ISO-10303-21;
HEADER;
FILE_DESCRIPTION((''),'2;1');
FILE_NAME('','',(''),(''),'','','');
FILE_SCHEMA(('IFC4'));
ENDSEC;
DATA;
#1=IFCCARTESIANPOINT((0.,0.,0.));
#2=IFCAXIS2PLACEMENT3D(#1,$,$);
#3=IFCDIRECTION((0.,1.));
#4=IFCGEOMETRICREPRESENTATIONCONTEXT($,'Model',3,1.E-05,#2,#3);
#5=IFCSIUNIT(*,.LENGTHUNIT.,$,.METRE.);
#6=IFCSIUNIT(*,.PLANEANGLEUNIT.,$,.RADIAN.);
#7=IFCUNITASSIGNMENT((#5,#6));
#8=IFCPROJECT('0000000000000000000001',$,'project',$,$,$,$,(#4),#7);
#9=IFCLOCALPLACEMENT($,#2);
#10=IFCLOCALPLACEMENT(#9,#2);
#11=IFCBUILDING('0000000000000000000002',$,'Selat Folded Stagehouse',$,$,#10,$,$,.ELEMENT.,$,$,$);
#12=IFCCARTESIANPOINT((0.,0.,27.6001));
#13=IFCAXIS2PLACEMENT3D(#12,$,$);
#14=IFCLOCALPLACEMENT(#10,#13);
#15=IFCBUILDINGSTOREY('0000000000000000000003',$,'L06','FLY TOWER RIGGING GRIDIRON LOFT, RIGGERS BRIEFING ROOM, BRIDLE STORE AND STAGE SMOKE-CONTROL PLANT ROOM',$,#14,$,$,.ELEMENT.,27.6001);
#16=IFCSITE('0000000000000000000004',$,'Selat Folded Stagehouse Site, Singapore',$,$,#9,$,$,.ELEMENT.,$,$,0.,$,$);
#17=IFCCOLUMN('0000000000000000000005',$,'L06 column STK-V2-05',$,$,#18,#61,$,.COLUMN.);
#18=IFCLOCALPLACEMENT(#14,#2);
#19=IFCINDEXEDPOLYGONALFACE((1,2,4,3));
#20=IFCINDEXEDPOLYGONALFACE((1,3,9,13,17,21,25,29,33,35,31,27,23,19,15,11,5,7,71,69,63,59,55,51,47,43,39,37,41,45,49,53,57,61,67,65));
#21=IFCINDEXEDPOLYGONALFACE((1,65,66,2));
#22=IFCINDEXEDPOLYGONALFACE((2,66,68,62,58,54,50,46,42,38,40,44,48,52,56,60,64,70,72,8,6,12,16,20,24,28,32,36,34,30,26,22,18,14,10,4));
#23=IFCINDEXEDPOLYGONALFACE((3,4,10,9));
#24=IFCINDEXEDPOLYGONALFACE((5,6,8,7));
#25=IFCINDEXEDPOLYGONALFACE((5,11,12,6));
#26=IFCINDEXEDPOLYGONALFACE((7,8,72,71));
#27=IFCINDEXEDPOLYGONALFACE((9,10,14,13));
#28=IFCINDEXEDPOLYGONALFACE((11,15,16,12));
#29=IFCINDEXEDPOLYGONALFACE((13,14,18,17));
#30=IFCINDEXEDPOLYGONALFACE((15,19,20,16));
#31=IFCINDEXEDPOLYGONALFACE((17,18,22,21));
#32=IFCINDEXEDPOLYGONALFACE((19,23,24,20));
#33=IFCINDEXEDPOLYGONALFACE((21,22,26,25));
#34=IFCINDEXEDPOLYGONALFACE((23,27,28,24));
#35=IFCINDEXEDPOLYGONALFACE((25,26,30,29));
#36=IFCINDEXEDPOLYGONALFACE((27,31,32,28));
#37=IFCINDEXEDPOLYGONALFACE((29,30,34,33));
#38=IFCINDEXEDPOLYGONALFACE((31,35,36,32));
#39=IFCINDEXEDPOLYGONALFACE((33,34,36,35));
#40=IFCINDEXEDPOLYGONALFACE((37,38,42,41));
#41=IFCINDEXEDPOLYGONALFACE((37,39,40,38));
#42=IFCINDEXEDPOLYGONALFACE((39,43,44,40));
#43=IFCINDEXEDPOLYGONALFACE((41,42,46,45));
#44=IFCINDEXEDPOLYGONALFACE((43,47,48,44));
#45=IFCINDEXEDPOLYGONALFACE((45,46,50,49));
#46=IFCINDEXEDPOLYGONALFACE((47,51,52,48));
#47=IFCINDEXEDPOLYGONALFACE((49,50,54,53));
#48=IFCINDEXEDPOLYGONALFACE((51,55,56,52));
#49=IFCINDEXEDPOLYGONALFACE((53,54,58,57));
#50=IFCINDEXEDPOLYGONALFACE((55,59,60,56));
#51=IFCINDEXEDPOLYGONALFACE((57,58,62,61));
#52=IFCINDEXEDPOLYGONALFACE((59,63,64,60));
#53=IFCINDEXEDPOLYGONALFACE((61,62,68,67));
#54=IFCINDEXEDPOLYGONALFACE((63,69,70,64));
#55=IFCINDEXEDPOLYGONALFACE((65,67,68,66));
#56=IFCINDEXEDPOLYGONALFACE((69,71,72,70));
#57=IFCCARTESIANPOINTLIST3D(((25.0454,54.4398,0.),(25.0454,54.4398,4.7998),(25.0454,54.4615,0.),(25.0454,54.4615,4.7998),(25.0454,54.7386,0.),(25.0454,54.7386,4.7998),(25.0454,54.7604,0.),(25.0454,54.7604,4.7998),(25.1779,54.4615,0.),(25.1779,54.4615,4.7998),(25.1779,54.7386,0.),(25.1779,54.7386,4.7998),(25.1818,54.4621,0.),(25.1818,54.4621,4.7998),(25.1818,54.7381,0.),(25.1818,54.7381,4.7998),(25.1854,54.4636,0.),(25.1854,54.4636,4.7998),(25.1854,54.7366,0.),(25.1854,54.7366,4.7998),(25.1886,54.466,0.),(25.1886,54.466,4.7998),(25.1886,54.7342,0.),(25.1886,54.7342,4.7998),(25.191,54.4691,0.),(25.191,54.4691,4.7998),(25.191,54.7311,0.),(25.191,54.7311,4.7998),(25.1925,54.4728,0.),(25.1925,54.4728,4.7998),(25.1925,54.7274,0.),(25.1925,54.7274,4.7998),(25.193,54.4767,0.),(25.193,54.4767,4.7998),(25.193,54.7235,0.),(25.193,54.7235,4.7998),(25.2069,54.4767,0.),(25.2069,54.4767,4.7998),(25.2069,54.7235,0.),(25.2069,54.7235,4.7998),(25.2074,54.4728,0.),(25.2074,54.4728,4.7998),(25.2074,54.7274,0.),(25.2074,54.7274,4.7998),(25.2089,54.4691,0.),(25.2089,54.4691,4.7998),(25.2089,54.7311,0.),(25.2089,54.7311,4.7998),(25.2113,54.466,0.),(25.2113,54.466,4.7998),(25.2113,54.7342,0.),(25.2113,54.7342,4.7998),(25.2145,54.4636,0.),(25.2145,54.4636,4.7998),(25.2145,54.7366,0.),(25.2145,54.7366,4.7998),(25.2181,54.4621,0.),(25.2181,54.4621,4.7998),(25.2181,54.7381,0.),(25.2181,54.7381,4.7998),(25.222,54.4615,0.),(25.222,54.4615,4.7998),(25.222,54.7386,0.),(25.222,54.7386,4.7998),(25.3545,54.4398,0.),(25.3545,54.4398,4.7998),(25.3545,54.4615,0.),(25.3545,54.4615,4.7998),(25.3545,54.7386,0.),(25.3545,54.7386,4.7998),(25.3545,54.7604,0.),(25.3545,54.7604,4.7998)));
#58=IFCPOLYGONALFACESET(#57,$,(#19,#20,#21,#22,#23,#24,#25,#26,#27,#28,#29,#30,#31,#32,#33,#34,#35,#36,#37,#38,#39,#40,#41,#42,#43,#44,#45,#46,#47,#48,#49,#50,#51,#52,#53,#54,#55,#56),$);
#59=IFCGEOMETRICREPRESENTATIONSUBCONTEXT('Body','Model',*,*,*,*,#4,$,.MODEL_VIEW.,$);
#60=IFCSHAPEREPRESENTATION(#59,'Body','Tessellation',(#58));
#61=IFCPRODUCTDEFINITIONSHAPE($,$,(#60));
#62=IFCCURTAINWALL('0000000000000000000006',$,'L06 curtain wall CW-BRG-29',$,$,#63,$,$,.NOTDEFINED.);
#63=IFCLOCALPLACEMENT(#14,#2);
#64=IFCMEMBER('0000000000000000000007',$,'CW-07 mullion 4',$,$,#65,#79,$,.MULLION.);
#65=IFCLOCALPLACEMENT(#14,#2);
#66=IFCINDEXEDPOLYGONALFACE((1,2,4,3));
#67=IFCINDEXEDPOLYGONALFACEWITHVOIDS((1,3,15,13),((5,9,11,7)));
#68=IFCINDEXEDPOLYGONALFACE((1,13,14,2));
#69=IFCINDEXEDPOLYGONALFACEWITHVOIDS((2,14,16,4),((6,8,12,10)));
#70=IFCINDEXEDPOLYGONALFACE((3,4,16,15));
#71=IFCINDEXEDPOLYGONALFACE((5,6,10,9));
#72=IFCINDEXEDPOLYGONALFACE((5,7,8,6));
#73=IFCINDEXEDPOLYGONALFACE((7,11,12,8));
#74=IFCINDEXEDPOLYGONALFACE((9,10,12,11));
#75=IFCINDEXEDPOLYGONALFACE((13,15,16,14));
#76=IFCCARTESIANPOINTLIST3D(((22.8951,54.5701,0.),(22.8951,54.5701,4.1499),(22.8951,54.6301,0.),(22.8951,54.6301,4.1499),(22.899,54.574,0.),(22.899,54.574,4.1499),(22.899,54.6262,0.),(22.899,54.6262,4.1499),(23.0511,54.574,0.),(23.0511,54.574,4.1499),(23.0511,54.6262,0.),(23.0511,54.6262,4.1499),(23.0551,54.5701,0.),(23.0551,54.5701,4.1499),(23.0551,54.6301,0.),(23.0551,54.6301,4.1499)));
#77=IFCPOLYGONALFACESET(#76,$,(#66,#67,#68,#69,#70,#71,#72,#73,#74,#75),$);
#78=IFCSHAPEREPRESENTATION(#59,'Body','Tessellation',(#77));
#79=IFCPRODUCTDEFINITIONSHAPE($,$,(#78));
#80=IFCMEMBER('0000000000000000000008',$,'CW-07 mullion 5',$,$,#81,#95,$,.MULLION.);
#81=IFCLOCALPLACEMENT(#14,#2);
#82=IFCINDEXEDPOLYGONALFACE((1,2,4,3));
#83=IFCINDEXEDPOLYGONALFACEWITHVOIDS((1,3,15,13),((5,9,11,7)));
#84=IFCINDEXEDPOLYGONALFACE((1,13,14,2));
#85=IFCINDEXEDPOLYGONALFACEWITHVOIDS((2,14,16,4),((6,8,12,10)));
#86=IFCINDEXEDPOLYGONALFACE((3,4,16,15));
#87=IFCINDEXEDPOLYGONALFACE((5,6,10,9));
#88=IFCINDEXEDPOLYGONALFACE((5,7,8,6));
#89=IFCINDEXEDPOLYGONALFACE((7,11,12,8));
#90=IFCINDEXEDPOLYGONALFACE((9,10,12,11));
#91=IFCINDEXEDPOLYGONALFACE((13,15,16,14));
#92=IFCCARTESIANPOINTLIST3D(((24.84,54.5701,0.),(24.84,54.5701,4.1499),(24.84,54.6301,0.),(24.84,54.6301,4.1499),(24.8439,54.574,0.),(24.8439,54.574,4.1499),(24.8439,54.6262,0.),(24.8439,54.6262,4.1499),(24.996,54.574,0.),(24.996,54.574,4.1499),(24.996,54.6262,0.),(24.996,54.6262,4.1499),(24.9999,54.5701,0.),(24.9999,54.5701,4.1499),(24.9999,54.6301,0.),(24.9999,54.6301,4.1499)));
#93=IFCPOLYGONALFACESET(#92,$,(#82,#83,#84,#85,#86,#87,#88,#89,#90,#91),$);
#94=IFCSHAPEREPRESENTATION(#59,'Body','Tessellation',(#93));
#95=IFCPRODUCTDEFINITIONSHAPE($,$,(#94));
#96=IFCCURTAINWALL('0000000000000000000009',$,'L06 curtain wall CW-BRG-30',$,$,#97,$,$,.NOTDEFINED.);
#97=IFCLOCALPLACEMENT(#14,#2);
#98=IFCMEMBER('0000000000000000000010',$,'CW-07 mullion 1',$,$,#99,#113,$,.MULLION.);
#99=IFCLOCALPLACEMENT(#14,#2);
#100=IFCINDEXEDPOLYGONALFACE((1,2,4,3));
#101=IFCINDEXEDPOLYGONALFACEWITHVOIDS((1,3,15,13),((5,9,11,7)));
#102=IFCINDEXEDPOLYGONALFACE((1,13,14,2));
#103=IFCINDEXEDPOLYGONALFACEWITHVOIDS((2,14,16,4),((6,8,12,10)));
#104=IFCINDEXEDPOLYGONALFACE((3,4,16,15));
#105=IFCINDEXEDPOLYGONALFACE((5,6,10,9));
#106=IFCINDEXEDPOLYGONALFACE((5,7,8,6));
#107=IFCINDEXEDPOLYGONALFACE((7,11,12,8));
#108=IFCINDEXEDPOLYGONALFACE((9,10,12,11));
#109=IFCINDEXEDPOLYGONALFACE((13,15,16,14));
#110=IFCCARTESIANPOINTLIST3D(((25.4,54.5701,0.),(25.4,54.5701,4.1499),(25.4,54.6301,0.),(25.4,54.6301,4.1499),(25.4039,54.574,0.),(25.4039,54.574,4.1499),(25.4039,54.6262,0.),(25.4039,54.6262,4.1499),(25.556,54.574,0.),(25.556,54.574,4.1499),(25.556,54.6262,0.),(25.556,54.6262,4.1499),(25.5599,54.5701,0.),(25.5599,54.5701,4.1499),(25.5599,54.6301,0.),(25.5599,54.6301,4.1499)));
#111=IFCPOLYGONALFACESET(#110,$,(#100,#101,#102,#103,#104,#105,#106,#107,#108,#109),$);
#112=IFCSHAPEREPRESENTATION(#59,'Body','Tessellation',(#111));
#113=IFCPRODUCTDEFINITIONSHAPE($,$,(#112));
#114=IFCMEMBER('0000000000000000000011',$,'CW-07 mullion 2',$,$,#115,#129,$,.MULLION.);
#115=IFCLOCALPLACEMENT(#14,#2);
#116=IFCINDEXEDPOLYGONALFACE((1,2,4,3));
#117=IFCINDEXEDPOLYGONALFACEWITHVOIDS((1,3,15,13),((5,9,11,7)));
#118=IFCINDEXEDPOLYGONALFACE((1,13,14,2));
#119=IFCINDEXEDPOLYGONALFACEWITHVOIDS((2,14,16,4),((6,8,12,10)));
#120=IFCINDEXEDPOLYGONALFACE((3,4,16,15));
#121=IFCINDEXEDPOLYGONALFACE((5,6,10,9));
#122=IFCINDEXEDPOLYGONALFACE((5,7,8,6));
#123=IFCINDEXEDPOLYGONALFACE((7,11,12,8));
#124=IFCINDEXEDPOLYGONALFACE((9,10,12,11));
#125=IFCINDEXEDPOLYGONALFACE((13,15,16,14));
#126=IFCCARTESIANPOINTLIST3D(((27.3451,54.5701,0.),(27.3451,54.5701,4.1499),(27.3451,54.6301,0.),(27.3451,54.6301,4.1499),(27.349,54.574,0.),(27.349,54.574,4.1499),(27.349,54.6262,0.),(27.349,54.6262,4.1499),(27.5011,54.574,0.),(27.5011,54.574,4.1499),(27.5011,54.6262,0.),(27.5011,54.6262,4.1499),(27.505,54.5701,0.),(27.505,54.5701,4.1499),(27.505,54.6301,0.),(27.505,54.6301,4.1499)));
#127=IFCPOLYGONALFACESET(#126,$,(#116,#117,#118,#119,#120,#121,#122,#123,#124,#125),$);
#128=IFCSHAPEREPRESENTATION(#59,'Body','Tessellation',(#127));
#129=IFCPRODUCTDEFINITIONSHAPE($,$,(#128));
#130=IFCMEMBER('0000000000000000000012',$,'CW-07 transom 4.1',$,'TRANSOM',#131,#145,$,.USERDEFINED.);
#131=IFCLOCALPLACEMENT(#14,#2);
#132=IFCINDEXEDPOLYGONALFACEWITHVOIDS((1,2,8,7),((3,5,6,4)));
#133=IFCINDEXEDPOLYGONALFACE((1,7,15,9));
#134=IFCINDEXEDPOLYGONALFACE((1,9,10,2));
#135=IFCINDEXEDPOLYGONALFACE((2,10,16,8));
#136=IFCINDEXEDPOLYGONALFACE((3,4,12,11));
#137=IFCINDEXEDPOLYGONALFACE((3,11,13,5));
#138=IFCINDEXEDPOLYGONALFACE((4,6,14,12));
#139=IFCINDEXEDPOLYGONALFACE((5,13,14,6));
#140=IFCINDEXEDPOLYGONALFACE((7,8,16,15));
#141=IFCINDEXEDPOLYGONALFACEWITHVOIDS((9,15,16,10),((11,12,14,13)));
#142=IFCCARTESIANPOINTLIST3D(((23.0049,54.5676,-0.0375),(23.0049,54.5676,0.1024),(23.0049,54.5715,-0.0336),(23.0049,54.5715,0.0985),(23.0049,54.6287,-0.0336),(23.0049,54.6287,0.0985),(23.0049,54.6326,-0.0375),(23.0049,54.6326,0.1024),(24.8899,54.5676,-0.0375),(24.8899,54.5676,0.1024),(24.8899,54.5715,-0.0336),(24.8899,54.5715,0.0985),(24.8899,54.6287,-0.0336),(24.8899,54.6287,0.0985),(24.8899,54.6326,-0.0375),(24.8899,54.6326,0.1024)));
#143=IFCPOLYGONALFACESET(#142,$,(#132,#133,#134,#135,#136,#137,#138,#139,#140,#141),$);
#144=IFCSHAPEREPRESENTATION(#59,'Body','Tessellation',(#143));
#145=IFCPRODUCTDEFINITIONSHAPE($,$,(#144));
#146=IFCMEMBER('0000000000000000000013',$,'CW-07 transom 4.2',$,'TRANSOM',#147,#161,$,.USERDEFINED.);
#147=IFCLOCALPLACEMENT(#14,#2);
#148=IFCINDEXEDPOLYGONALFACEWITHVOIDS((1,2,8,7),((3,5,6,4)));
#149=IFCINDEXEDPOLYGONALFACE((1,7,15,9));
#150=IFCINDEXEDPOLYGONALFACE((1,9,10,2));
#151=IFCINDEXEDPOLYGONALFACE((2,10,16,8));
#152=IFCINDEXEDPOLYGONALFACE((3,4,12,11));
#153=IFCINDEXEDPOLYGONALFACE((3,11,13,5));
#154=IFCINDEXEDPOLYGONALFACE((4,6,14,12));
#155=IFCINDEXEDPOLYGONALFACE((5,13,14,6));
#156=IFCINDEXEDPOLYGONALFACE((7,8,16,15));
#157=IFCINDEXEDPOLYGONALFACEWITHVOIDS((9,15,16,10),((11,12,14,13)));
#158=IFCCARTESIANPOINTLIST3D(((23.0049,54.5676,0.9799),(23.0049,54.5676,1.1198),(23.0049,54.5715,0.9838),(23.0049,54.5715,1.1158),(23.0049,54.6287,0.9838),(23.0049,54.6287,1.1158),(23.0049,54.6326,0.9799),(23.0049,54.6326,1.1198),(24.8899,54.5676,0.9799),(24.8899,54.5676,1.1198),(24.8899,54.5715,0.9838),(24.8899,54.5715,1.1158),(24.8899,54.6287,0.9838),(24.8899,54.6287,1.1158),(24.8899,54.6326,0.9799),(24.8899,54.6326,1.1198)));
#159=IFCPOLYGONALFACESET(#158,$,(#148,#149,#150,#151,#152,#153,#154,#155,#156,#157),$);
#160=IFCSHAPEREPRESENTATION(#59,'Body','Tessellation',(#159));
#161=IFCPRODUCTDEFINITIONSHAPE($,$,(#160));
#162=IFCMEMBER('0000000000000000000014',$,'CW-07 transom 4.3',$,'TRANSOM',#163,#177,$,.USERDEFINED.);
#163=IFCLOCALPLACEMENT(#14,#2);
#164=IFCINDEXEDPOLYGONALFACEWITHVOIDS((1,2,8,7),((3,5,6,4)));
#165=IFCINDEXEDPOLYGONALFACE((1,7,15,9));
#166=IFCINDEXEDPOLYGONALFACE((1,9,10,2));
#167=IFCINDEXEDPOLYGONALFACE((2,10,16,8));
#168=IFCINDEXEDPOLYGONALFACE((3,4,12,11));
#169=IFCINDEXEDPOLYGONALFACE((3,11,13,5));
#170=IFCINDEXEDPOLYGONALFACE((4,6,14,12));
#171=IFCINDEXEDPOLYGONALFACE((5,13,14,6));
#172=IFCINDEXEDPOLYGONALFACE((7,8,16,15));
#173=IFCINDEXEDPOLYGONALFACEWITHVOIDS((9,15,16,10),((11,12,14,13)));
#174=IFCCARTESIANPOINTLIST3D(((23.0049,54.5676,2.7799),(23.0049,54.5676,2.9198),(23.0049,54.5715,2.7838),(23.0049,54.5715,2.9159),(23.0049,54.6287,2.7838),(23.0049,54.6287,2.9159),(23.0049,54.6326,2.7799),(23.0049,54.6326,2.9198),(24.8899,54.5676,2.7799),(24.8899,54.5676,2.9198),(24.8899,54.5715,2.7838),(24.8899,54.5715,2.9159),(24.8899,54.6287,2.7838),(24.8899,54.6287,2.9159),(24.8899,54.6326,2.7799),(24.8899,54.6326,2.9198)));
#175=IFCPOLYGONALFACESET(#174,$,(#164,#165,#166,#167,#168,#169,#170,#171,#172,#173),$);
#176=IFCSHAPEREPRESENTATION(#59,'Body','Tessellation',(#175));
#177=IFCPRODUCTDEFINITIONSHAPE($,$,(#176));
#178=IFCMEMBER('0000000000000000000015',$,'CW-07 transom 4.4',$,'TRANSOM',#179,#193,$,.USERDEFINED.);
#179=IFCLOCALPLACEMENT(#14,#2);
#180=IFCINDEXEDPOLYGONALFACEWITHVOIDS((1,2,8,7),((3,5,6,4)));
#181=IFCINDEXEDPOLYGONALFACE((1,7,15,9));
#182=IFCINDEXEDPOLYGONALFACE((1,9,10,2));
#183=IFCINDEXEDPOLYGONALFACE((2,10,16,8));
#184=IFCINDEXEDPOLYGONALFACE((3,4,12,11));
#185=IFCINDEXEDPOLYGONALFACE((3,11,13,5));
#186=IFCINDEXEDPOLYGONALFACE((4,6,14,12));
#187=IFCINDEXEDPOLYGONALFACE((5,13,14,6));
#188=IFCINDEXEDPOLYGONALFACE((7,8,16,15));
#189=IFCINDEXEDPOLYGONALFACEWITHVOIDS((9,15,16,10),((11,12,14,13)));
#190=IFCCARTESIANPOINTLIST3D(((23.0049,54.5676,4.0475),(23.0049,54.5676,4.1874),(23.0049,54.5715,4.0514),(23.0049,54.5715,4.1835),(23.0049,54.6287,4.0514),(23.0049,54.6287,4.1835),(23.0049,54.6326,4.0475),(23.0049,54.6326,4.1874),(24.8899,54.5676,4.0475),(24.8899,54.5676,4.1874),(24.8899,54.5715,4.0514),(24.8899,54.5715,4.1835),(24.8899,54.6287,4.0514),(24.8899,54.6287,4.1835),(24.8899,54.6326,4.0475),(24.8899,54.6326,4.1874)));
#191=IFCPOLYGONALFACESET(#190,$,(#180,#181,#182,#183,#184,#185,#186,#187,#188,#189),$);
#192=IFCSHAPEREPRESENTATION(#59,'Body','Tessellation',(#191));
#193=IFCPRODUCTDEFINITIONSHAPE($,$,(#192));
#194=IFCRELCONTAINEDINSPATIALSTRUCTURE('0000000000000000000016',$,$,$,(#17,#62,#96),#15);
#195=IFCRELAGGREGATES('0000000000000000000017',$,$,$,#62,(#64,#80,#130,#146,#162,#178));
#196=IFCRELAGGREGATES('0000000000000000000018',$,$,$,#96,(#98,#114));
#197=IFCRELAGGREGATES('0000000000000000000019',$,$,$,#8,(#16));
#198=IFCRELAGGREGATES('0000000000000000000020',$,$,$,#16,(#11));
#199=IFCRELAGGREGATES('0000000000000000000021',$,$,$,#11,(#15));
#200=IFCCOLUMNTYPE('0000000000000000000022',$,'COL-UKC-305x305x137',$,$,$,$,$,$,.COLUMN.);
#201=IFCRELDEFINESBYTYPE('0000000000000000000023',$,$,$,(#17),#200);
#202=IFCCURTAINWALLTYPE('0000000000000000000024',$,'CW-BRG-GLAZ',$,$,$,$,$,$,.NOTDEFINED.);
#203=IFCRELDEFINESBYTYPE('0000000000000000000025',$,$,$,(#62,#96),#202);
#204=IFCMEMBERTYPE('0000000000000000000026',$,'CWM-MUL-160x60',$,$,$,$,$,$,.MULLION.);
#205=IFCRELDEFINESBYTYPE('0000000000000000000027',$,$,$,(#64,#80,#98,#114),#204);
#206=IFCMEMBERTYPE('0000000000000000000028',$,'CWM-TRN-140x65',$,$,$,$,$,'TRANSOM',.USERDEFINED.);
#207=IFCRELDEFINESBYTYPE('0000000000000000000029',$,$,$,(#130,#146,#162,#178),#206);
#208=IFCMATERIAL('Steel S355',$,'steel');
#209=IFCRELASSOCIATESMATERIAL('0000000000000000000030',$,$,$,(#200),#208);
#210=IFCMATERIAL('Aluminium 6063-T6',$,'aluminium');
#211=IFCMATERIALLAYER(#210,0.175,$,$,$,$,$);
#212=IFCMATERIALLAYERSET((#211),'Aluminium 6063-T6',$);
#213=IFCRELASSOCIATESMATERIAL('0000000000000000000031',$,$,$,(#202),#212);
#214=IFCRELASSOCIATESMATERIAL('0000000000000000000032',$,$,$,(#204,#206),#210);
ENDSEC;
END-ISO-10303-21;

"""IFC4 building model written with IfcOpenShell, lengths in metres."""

from ifc_helpers import new_model, si_unit, direction, frame, origin, origin_2d, place, context, subcontext, project, spatial, hollow_rectangle, i_section, extrude, material, layer, layer_set, material_profile, profile_set, type_object, element, aggregate, save


model = new_model("IFC4")

# Units and contexts
model_context = context("Model", 3, precision=1e-05, world=origin(), true_north=direction((0.0, 1.0)))
body_context = subcontext(model_context, "Body", "Model", "MODEL_VIEW")
ifc_project = project(units=[si_unit("LENGTHUNIT", "METRE"), si_unit("PLANEANGLEUNIT", "RADIAN")], contexts=[model_context])

# Site, building, storey
site_placement = place(None, origin())
site = spatial("IfcSite", under=ifc_project, at=site_placement, Name="Selat Folded Stagehouse Site, Singapore", CompositionType="ELEMENT", RefElevation=0.0)
building_placement = place(site_placement, origin())
building = spatial("IfcBuilding", under=site, at=building_placement, Name="Selat Folded Stagehouse", CompositionType="ELEMENT")
storey_placement = place(building_placement, frame((0.0, 0.0, 27.6001)))
storey = spatial("IfcBuildingStorey", under=building, at=storey_placement, Name="L06", Description="FLY TOWER RIGGING GRIDIRON LOFT, RIGGERS BRIEFING ROOM, BRIDLE STORE AND STAGE SMOKE-CONTROL PLANT ROOM", CompositionType="ELEMENT", Elevation=27.6001)

# Column
ifc_material_1 = material(Name="Steel S355", Category="steel")
ifc_material_profile_1 = material_profile(ifc_material_1, i_section(OverallWidth=0.3091, OverallDepth=0.3206, WebThickness=0.0139, FlangeThickness=0.0217, FilletRadius=0.0151, at=origin_2d()), Name="UKC 305x305x137")
ifc_profile_set_1 = profile_set([ifc_material_profile_1], Name="Steel S355")
column_type = type_object("IfcColumnType", Name="COL-UKC-305x305x137", PredefinedType="COLUMN", material=ifc_profile_set_1)
column_placement = place(storey_placement, frame((25.2, 54.6001, 0.0), z_axis=(0.0, 0.0, 1.0), x_axis=(1.0, 0.0, 0.0)))
element("IfcColumn", 1, at=column_placement, inside=storey, type_object=column_type, Name="L06 column STK-V2-05", PredefinedType="COLUMN", context=body_context, shape_type="SweptSolid", body=[
    extrude(i_section(OverallWidth=0.3091, OverallDepth=0.3206, WebThickness=0.0139, FlangeThickness=0.0217, FilletRadius=0.0151, at=origin_2d()), origin(), (0.0, 0.0, 1.0), 4.7998),
])

# Curtain walls, members
ifc_material_2 = material(Name="Aluminium 6063-T6", Category="aluminium")
ifc_layer_1 = layer(ifc_material_2, 0.175)
ifc_layer_set_1 = layer_set([ifc_layer_1], Name="Aluminium 6063-T6")
curtain_wall_type = type_object("IfcCurtainWallType", Name="CW-BRG-GLAZ", PredefinedType="NOTDEFINED", material=ifc_layer_set_1)
curtain_wall_1_placement = place(storey_placement, origin())
curtain_wall_1 = element("IfcCurtainWall", 2, at=curtain_wall_1_placement, inside=storey, type_object=curtain_wall_type, Name="L06 curtain wall CW-BRG-29", PredefinedType="NOTDEFINED")
ifc_material_profile_2 = material_profile(ifc_material_2, hollow_rectangle(XDim=0.0601, YDim=0.1599, WallThickness=0.0039, at=origin_2d()), Name="ALU 160x60x4.0")
ifc_profile_set_2 = profile_set([ifc_material_profile_2], Name="Aluminium 6063-T6")
member_type_1 = type_object("IfcMemberType", Name="CWM-MUL-160x60", PredefinedType="MULLION", material=ifc_profile_set_2)
member_1_placement = place(storey_placement, frame((22.9751, 54.6001, 0.0), z_axis=(0.0, 0.0, 1.0), x_axis=(0.0, 1.0, 0.0)))
member_1 = element("IfcMember", 3, at=member_1_placement, type_object=member_type_1, Name="CW-07 mullion 4", PredefinedType="MULLION", context=body_context, shape_type="SweptSolid", body=[
    extrude(hollow_rectangle(XDim=0.0601, YDim=0.1599, WallThickness=0.0039, at=origin_2d()), origin(), (0.0, 0.0, 1.0), 4.1499),
])
member_2_placement = place(storey_placement, frame((24.9199, 54.6001, 0.0), z_axis=(0.0, 0.0, 1.0), x_axis=(0.0, 1.0, 0.0)))
member_2 = element("IfcMember", 4, at=member_2_placement, type_object=member_type_1, Name="CW-07 mullion 5", PredefinedType="MULLION", context=body_context, shape_type="SweptSolid", body=[
    extrude(hollow_rectangle(XDim=0.0601, YDim=0.1599, WallThickness=0.0039, at=origin_2d()), origin(), (0.0, 0.0, 1.0), 4.1499),
])
curtain_wall_2_placement = place(storey_placement, origin())
curtain_wall_2 = element("IfcCurtainWall", 5, at=curtain_wall_2_placement, inside=storey, type_object=curtain_wall_type, Name="L06 curtain wall CW-BRG-30", PredefinedType="NOTDEFINED")
member_3_placement = place(storey_placement, frame((25.48, 54.6001, 0.0), z_axis=(0.0, 0.0, 1.0), x_axis=(0.0, 1.0, 0.0)))
member_3 = element("IfcMember", 6, at=member_3_placement, type_object=member_type_1, Name="CW-07 mullion 1", PredefinedType="MULLION", context=body_context, shape_type="SweptSolid", body=[
    extrude(hollow_rectangle(XDim=0.0601, YDim=0.1599, WallThickness=0.0039, at=origin_2d()), origin(), (0.0, 0.0, 1.0), 4.1499),
])
member_4_placement = place(storey_placement, frame((27.425, 54.6001, 0.0), z_axis=(0.0, 0.0, 1.0), x_axis=(0.0, 1.0, 0.0)))
member_4 = element("IfcMember", 7, at=member_4_placement, type_object=member_type_1, Name="CW-07 mullion 2", PredefinedType="MULLION", context=body_context, shape_type="SweptSolid", body=[
    extrude(hollow_rectangle(XDim=0.0601, YDim=0.1599, WallThickness=0.0039, at=origin_2d()), origin(), (0.0, 0.0, 1.0), 4.1499),
])

# Members
ifc_material_profile_3 = material_profile(ifc_material_2, hollow_rectangle(XDim=0.0649, YDim=0.1399, WallThickness=0.0039, at=origin_2d()), Name="ALU 140x65x4.0")
ifc_profile_set_3 = profile_set([ifc_material_profile_3], Name="Aluminium 6063-T6")
member_type_2 = type_object("IfcMemberType", Name="CWM-TRN-140x65", ElementType="TRANSOM", PredefinedType="USERDEFINED", material=ifc_profile_set_3)
member_5_placement = place(storey_placement, frame((23.0049, 54.6001, 0.0325), z_axis=(1.0, 0.0, 0.0), x_axis=(0.0, 1.0, 0.0)))
member_5 = element("IfcMember", 8, at=member_5_placement, type_object=member_type_2, Name="CW-07 transom 4.1", ObjectType="TRANSOM", PredefinedType="USERDEFINED", context=body_context, shape_type="SweptSolid", body=[
    extrude(hollow_rectangle(XDim=0.0649, YDim=0.1399, WallThickness=0.0039, at=origin_2d()), origin(), (0.0, 0.0, 1.0), 1.885),
])
member_6_placement = place(storey_placement, frame((23.0049, 54.6001, 1.0498), z_axis=(1.0, 0.0, 0.0), x_axis=(0.0, 1.0, 0.0)))
member_6 = element("IfcMember", 9, at=member_6_placement, type_object=member_type_2, Name="CW-07 transom 4.2", ObjectType="TRANSOM", PredefinedType="USERDEFINED", context=body_context, shape_type="SweptSolid", body=[
    extrude(hollow_rectangle(XDim=0.0649, YDim=0.1399, WallThickness=0.0039, at=origin_2d()), origin(), (0.0, 0.0, 1.0), 1.885),
])
member_7_placement = place(storey_placement, frame((23.0049, 54.6001, 2.8499), z_axis=(1.0, 0.0, 0.0), x_axis=(0.0, 1.0, 0.0)))
member_7 = element("IfcMember", 10, at=member_7_placement, type_object=member_type_2, Name="CW-07 transom 4.3", ObjectType="TRANSOM", PredefinedType="USERDEFINED", context=body_context, shape_type="SweptSolid", body=[
    extrude(hollow_rectangle(XDim=0.0649, YDim=0.1399, WallThickness=0.0039, at=origin_2d()), origin(), (0.0, 0.0, 1.0), 1.885),
])
member_8_placement = place(storey_placement, frame((23.0049, 54.6001, 4.1174), z_axis=(1.0, 0.0, 0.0), x_axis=(0.0, 1.0, 0.0)))
member_8 = element("IfcMember", 11, at=member_8_placement, type_object=member_type_2, Name="CW-07 transom 4.4", ObjectType="TRANSOM", PredefinedType="USERDEFINED", context=body_context, shape_type="SweptSolid", body=[
    extrude(hollow_rectangle(XDim=0.0649, YDim=0.1399, WallThickness=0.0039, at=origin_2d()), origin(), (0.0, 0.0, 1.0), 1.885),
])

aggregate(curtain_wall_1, [member_1, member_2, member_5, member_6, member_7, member_8])
aggregate(curtain_wall_2, [member_3, member_4])

save(model, "model.ifc")
